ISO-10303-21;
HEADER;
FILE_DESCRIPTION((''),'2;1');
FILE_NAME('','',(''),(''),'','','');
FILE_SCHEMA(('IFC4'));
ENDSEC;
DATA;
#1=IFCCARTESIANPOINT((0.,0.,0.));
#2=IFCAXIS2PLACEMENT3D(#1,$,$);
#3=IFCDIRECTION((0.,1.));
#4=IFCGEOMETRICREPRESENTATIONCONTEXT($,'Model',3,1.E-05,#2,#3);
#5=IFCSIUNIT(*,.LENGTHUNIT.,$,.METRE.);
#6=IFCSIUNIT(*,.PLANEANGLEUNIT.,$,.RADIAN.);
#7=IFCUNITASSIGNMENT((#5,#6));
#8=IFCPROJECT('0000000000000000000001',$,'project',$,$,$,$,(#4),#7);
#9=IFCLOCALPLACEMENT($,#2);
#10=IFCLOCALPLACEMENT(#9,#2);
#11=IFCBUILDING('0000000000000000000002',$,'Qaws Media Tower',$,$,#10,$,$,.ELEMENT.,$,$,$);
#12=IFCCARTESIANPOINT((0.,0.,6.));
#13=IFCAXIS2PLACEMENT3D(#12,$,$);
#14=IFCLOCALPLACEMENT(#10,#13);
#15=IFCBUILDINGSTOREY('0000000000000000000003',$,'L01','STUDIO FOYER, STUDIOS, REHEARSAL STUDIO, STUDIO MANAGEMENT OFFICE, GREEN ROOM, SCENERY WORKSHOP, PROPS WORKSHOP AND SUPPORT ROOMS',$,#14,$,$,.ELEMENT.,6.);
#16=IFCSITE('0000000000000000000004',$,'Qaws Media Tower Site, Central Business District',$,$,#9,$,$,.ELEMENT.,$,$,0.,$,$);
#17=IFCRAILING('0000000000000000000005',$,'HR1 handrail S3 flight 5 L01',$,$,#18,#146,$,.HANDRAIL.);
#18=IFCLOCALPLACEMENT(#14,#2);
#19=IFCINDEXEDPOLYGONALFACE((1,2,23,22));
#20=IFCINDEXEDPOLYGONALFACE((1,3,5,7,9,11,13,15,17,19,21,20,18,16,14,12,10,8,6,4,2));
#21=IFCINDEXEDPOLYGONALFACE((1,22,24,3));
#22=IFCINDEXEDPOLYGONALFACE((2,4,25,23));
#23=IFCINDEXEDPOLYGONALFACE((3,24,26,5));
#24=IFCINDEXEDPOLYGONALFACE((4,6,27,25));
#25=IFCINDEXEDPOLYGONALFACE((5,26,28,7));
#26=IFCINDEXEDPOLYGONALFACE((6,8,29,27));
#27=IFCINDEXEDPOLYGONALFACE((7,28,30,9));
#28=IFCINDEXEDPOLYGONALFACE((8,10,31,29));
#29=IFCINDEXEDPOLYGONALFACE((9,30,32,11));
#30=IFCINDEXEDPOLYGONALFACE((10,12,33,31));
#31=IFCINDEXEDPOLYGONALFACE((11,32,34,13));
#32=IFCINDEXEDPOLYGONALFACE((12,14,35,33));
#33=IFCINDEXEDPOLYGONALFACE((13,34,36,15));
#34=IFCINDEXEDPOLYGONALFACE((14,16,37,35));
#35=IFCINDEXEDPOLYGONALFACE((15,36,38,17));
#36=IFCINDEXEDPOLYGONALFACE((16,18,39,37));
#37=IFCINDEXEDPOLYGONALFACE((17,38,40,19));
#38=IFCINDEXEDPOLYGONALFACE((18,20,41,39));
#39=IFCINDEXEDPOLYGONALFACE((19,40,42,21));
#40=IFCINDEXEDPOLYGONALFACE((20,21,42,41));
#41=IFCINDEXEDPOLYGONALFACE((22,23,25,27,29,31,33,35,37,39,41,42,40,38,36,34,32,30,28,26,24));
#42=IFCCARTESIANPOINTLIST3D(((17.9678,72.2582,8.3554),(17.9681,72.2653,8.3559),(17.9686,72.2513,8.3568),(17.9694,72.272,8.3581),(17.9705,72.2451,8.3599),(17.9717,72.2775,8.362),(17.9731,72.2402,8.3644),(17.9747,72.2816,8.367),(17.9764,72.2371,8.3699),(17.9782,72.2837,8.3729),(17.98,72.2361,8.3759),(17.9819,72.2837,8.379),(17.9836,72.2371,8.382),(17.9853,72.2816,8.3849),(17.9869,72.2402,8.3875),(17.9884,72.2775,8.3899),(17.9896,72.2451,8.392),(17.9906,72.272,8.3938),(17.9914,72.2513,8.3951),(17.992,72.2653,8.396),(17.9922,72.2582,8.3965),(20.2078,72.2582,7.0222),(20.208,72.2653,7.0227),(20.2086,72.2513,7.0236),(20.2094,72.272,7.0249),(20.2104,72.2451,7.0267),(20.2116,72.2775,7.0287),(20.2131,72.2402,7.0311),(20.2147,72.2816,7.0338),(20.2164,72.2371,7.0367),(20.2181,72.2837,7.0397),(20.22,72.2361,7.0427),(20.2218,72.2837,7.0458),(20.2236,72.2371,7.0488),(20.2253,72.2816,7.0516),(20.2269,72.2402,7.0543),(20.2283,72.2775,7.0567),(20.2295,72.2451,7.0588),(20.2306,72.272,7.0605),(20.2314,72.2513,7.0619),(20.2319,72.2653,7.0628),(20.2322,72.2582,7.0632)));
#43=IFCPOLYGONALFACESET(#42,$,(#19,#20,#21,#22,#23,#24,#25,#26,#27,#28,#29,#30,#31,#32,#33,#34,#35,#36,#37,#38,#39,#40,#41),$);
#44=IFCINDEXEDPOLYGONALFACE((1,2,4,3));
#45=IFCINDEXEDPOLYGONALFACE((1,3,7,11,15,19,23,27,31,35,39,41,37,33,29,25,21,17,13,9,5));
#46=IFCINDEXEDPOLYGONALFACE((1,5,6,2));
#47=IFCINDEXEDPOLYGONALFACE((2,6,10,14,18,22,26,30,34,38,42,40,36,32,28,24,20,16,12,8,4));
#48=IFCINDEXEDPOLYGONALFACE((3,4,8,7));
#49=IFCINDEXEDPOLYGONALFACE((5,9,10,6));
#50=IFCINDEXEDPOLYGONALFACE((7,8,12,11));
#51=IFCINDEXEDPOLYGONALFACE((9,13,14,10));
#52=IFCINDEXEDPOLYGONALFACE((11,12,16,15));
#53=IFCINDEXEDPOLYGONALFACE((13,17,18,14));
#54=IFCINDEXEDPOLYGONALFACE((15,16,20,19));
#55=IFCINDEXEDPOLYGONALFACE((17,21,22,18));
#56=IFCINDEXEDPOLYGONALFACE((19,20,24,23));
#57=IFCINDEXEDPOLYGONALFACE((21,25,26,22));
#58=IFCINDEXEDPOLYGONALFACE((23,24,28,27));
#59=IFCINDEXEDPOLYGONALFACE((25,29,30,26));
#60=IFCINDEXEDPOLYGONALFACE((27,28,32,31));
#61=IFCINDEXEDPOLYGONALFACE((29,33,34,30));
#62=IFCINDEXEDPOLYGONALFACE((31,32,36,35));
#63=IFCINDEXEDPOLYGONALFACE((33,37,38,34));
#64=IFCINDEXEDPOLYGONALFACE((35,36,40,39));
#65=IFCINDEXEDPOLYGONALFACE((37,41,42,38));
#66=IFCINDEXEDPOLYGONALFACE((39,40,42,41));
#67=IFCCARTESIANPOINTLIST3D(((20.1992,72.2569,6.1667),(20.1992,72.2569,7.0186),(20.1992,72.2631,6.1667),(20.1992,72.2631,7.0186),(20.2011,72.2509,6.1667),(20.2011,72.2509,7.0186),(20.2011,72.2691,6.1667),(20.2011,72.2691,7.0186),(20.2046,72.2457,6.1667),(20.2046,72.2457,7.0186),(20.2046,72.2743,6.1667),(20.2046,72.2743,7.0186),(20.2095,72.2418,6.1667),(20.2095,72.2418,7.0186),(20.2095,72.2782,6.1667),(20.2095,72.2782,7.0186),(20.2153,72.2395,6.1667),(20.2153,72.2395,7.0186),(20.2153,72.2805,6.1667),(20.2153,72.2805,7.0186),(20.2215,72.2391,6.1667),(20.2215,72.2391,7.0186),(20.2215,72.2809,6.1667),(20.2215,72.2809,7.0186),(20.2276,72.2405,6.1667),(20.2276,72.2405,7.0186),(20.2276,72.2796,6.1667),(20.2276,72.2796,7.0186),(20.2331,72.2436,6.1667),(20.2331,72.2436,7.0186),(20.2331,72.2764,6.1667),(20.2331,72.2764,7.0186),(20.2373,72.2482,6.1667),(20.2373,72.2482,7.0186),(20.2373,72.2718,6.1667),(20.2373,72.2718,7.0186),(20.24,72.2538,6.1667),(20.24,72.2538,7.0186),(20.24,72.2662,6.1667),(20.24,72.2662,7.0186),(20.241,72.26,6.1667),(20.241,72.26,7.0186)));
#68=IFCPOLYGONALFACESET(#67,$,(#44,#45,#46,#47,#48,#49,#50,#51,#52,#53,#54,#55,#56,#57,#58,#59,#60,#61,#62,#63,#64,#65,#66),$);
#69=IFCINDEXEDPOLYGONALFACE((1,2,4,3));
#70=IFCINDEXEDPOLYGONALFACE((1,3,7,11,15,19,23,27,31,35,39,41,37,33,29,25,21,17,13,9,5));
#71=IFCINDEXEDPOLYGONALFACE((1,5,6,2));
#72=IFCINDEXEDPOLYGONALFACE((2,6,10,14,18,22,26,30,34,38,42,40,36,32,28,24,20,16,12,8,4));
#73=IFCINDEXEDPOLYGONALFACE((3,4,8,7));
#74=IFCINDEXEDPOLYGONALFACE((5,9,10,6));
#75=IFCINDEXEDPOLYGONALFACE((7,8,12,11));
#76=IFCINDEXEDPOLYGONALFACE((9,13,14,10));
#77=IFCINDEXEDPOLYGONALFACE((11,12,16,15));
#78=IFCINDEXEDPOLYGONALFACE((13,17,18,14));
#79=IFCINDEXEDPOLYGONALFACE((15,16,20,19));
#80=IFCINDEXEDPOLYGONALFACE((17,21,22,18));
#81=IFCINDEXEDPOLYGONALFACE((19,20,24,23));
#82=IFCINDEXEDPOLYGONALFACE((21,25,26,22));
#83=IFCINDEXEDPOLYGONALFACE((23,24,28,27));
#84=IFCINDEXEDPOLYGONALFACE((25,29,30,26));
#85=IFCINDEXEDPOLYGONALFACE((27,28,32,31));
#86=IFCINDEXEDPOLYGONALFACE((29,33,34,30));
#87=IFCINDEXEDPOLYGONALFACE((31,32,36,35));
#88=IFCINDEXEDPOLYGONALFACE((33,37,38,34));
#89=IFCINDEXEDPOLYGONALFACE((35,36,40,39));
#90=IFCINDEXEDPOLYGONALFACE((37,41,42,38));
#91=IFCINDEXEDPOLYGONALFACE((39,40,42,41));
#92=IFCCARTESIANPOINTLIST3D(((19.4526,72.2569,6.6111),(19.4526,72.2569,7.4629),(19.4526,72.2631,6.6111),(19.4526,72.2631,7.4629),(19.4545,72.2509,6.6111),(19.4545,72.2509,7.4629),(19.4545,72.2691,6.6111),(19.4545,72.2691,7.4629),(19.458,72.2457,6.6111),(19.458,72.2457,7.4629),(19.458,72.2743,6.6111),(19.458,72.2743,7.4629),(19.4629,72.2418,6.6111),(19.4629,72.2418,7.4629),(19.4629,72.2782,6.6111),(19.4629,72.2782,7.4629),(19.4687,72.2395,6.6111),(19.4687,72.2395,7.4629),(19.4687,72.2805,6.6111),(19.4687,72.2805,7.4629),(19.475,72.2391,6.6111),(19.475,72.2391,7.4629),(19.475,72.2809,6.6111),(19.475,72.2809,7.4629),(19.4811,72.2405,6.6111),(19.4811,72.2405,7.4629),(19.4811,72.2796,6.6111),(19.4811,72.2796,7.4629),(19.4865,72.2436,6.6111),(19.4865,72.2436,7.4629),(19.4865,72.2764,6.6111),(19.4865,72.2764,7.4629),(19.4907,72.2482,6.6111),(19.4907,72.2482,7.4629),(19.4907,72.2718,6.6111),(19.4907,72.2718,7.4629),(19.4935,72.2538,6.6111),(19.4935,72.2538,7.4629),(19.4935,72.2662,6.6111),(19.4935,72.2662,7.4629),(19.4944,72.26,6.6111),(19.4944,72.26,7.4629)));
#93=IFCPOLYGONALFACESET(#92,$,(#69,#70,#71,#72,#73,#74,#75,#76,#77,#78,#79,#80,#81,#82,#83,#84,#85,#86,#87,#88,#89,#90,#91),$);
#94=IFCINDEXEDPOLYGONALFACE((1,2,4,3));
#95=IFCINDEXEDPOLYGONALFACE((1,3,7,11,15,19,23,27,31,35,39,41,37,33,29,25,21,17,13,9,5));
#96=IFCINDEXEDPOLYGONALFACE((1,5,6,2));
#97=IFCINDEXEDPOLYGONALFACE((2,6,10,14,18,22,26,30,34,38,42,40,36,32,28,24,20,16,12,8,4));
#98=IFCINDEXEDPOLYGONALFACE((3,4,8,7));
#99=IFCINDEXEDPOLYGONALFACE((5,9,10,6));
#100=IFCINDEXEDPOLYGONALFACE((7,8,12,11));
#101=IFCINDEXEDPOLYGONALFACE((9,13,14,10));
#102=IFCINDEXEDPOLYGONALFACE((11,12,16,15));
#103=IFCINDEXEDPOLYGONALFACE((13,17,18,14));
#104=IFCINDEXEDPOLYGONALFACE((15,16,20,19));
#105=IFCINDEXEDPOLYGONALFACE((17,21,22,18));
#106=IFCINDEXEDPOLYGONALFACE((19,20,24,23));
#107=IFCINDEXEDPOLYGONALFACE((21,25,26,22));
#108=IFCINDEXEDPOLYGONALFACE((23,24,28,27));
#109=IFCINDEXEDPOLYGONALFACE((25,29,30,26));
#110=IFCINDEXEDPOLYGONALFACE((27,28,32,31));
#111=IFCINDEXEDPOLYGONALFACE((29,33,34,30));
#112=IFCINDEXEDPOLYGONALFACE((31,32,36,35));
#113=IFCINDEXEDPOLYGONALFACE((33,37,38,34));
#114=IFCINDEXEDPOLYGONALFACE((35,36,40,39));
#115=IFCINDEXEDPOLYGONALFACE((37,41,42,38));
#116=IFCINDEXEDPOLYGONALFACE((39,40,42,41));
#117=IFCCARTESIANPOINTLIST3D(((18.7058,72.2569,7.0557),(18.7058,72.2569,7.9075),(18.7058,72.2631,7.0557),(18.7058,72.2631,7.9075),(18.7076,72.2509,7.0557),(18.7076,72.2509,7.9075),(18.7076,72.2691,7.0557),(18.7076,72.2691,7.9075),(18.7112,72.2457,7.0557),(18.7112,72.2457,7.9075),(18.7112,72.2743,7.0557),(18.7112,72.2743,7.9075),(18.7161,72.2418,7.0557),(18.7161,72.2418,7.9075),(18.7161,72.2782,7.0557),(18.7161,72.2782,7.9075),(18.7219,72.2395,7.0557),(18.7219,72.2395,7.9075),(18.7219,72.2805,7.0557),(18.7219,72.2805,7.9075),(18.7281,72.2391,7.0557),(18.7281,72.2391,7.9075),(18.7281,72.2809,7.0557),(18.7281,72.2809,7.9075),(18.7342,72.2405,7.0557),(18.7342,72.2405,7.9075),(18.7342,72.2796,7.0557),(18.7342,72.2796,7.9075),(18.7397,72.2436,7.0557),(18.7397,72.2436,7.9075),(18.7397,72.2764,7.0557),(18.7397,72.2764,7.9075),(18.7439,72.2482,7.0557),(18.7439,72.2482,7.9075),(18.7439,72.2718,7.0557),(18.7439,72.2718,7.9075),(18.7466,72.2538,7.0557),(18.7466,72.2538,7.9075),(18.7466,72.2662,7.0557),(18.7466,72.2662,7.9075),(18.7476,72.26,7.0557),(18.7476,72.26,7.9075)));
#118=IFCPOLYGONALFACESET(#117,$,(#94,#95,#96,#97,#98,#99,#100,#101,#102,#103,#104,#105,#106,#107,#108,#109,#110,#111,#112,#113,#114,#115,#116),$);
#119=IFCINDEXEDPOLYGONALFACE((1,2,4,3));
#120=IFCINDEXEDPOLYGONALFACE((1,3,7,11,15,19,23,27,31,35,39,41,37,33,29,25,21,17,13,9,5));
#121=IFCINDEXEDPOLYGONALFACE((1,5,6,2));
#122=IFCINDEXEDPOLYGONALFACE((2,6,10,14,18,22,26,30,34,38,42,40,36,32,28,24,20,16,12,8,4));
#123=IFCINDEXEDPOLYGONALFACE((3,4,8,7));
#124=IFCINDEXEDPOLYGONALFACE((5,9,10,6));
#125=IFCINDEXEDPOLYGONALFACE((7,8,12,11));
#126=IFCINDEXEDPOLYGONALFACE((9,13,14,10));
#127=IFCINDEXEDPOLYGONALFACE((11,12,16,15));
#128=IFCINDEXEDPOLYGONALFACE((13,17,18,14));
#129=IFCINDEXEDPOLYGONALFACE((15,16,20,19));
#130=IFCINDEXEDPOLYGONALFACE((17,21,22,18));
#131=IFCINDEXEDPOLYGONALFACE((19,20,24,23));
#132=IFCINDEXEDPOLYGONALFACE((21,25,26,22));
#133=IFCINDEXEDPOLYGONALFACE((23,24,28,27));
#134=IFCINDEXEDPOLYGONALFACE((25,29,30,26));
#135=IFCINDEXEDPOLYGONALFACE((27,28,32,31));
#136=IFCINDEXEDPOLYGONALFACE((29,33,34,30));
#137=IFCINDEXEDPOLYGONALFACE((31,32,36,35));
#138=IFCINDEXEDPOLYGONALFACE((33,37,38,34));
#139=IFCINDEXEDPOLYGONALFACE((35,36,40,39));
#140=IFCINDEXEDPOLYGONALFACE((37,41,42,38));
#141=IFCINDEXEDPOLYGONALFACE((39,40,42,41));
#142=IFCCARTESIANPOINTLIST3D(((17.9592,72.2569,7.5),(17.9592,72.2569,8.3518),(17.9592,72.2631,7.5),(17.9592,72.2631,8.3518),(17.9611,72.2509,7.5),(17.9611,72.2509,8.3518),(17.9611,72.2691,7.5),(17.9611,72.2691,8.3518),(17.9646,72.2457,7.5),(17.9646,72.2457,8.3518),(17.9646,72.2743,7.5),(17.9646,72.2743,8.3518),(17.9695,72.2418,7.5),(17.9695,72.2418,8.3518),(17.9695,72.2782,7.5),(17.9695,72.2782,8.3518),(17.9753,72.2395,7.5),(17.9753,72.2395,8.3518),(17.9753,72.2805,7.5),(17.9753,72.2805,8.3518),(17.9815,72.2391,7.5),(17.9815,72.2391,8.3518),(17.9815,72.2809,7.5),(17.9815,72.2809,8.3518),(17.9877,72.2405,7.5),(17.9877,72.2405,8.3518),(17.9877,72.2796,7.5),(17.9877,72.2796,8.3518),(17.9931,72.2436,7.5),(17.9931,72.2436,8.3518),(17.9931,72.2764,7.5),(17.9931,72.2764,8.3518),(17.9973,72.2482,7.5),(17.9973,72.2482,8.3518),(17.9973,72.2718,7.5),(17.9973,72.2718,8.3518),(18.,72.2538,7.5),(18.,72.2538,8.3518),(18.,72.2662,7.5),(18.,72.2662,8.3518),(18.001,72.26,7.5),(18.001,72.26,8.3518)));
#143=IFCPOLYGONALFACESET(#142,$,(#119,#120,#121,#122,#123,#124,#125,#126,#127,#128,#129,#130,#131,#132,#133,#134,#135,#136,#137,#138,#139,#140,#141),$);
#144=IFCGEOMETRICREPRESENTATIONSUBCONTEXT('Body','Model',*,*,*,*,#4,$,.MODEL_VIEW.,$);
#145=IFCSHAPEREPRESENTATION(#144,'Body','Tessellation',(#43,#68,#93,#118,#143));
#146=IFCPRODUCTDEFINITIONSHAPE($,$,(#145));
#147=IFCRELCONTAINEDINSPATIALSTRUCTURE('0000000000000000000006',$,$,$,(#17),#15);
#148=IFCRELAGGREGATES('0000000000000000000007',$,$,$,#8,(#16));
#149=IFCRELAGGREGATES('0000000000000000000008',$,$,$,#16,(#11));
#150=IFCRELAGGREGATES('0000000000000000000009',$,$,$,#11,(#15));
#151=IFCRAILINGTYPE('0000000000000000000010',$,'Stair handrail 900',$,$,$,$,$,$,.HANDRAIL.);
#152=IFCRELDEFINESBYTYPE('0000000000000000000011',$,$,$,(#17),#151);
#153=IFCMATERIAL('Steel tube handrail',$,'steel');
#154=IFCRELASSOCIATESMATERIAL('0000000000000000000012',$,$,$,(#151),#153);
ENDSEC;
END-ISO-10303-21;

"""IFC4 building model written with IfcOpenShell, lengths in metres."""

from ifc_helpers import new_model, si_unit, direction, frame, origin, origin_2d, place, context, subcontext, project, spatial, circle, extrude, material, type_object, element, save


model = new_model("IFC4")

# Units and contexts
model_context = context("Model", 3, precision=1e-05, world=origin(), true_north=direction((0.0, 1.0)))
body_context = subcontext(model_context, "Body", "Model", "MODEL_VIEW")
ifc_project = project(units=[si_unit("LENGTHUNIT", "METRE"), si_unit("PLANEANGLEUNIT", "RADIAN")], contexts=[model_context])

# Site, building, storey
site_placement = place(None, origin())
site = spatial("IfcSite", under=ifc_project, at=site_placement, Name="Qaws Media Tower Site, Central Business District", CompositionType="ELEMENT", RefElevation=0.0)
building_placement = place(site_placement, origin())
building = spatial("IfcBuilding", under=site, at=building_placement, Name="Qaws Media Tower", CompositionType="ELEMENT")
storey_placement = place(building_placement, frame((0.0, 0.0, 6.0)))
storey = spatial("IfcBuildingStorey", under=building, at=storey_placement, Name="L01", Description="STUDIO FOYER, STUDIOS, REHEARSAL STUDIO, STUDIO MANAGEMENT OFFICE, GREEN ROOM, SCENERY WORKSHOP, PROPS WORKSHOP AND SUPPORT ROOMS", CompositionType="ELEMENT", Elevation=6.0)

# Railing
ifc_material_1 = material(Name="Steel tube handrail", Category="steel")
railing_type = type_object("IfcRailingType", Name="Stair handrail 900", PredefinedType="HANDRAIL", material=ifc_material_1)
railing_1_placement = place(storey_placement, frame((20.22, 72.26, 6.1667)))
element("IfcRailing", 1, at=railing_1_placement, inside=storey, type_object=railing_type, Name="HR1 handrail S3 flight 5 L01", PredefinedType="HANDRAIL", context=body_context, shape_type="SweptSolid", body=[
    extrude(circle(Radius=0.0239, at=origin_2d()), frame((0.0, 0.0, 0.876), z_axis=(-0.859306, 0.0, 0.511462), x_axis=(0.0, -1.0, 0.0)), (0.0, 0.0, 1.0), 2.6067),
    extrude(circle(Radius=0.021, at=origin_2d()), origin(), (0.0, 0.0, 1.0), 0.8518),
    extrude(circle(Radius=0.021, at=origin_2d()), frame((-0.7466, 0.0, 0.4443)), (0.0, 0.0, 1.0), 0.8518),
    extrude(circle(Radius=0.021, at=origin_2d()), frame((-1.4934, 0.0, 0.8889)), (0.0, 0.0, 1.0), 0.8518),
    extrude(circle(Radius=0.021, at=origin_2d()), frame((-2.24, 0.0, 1.3333)), (0.0, 0.0, 1.0), 0.8518),
])

save(model, "model.ifc")
